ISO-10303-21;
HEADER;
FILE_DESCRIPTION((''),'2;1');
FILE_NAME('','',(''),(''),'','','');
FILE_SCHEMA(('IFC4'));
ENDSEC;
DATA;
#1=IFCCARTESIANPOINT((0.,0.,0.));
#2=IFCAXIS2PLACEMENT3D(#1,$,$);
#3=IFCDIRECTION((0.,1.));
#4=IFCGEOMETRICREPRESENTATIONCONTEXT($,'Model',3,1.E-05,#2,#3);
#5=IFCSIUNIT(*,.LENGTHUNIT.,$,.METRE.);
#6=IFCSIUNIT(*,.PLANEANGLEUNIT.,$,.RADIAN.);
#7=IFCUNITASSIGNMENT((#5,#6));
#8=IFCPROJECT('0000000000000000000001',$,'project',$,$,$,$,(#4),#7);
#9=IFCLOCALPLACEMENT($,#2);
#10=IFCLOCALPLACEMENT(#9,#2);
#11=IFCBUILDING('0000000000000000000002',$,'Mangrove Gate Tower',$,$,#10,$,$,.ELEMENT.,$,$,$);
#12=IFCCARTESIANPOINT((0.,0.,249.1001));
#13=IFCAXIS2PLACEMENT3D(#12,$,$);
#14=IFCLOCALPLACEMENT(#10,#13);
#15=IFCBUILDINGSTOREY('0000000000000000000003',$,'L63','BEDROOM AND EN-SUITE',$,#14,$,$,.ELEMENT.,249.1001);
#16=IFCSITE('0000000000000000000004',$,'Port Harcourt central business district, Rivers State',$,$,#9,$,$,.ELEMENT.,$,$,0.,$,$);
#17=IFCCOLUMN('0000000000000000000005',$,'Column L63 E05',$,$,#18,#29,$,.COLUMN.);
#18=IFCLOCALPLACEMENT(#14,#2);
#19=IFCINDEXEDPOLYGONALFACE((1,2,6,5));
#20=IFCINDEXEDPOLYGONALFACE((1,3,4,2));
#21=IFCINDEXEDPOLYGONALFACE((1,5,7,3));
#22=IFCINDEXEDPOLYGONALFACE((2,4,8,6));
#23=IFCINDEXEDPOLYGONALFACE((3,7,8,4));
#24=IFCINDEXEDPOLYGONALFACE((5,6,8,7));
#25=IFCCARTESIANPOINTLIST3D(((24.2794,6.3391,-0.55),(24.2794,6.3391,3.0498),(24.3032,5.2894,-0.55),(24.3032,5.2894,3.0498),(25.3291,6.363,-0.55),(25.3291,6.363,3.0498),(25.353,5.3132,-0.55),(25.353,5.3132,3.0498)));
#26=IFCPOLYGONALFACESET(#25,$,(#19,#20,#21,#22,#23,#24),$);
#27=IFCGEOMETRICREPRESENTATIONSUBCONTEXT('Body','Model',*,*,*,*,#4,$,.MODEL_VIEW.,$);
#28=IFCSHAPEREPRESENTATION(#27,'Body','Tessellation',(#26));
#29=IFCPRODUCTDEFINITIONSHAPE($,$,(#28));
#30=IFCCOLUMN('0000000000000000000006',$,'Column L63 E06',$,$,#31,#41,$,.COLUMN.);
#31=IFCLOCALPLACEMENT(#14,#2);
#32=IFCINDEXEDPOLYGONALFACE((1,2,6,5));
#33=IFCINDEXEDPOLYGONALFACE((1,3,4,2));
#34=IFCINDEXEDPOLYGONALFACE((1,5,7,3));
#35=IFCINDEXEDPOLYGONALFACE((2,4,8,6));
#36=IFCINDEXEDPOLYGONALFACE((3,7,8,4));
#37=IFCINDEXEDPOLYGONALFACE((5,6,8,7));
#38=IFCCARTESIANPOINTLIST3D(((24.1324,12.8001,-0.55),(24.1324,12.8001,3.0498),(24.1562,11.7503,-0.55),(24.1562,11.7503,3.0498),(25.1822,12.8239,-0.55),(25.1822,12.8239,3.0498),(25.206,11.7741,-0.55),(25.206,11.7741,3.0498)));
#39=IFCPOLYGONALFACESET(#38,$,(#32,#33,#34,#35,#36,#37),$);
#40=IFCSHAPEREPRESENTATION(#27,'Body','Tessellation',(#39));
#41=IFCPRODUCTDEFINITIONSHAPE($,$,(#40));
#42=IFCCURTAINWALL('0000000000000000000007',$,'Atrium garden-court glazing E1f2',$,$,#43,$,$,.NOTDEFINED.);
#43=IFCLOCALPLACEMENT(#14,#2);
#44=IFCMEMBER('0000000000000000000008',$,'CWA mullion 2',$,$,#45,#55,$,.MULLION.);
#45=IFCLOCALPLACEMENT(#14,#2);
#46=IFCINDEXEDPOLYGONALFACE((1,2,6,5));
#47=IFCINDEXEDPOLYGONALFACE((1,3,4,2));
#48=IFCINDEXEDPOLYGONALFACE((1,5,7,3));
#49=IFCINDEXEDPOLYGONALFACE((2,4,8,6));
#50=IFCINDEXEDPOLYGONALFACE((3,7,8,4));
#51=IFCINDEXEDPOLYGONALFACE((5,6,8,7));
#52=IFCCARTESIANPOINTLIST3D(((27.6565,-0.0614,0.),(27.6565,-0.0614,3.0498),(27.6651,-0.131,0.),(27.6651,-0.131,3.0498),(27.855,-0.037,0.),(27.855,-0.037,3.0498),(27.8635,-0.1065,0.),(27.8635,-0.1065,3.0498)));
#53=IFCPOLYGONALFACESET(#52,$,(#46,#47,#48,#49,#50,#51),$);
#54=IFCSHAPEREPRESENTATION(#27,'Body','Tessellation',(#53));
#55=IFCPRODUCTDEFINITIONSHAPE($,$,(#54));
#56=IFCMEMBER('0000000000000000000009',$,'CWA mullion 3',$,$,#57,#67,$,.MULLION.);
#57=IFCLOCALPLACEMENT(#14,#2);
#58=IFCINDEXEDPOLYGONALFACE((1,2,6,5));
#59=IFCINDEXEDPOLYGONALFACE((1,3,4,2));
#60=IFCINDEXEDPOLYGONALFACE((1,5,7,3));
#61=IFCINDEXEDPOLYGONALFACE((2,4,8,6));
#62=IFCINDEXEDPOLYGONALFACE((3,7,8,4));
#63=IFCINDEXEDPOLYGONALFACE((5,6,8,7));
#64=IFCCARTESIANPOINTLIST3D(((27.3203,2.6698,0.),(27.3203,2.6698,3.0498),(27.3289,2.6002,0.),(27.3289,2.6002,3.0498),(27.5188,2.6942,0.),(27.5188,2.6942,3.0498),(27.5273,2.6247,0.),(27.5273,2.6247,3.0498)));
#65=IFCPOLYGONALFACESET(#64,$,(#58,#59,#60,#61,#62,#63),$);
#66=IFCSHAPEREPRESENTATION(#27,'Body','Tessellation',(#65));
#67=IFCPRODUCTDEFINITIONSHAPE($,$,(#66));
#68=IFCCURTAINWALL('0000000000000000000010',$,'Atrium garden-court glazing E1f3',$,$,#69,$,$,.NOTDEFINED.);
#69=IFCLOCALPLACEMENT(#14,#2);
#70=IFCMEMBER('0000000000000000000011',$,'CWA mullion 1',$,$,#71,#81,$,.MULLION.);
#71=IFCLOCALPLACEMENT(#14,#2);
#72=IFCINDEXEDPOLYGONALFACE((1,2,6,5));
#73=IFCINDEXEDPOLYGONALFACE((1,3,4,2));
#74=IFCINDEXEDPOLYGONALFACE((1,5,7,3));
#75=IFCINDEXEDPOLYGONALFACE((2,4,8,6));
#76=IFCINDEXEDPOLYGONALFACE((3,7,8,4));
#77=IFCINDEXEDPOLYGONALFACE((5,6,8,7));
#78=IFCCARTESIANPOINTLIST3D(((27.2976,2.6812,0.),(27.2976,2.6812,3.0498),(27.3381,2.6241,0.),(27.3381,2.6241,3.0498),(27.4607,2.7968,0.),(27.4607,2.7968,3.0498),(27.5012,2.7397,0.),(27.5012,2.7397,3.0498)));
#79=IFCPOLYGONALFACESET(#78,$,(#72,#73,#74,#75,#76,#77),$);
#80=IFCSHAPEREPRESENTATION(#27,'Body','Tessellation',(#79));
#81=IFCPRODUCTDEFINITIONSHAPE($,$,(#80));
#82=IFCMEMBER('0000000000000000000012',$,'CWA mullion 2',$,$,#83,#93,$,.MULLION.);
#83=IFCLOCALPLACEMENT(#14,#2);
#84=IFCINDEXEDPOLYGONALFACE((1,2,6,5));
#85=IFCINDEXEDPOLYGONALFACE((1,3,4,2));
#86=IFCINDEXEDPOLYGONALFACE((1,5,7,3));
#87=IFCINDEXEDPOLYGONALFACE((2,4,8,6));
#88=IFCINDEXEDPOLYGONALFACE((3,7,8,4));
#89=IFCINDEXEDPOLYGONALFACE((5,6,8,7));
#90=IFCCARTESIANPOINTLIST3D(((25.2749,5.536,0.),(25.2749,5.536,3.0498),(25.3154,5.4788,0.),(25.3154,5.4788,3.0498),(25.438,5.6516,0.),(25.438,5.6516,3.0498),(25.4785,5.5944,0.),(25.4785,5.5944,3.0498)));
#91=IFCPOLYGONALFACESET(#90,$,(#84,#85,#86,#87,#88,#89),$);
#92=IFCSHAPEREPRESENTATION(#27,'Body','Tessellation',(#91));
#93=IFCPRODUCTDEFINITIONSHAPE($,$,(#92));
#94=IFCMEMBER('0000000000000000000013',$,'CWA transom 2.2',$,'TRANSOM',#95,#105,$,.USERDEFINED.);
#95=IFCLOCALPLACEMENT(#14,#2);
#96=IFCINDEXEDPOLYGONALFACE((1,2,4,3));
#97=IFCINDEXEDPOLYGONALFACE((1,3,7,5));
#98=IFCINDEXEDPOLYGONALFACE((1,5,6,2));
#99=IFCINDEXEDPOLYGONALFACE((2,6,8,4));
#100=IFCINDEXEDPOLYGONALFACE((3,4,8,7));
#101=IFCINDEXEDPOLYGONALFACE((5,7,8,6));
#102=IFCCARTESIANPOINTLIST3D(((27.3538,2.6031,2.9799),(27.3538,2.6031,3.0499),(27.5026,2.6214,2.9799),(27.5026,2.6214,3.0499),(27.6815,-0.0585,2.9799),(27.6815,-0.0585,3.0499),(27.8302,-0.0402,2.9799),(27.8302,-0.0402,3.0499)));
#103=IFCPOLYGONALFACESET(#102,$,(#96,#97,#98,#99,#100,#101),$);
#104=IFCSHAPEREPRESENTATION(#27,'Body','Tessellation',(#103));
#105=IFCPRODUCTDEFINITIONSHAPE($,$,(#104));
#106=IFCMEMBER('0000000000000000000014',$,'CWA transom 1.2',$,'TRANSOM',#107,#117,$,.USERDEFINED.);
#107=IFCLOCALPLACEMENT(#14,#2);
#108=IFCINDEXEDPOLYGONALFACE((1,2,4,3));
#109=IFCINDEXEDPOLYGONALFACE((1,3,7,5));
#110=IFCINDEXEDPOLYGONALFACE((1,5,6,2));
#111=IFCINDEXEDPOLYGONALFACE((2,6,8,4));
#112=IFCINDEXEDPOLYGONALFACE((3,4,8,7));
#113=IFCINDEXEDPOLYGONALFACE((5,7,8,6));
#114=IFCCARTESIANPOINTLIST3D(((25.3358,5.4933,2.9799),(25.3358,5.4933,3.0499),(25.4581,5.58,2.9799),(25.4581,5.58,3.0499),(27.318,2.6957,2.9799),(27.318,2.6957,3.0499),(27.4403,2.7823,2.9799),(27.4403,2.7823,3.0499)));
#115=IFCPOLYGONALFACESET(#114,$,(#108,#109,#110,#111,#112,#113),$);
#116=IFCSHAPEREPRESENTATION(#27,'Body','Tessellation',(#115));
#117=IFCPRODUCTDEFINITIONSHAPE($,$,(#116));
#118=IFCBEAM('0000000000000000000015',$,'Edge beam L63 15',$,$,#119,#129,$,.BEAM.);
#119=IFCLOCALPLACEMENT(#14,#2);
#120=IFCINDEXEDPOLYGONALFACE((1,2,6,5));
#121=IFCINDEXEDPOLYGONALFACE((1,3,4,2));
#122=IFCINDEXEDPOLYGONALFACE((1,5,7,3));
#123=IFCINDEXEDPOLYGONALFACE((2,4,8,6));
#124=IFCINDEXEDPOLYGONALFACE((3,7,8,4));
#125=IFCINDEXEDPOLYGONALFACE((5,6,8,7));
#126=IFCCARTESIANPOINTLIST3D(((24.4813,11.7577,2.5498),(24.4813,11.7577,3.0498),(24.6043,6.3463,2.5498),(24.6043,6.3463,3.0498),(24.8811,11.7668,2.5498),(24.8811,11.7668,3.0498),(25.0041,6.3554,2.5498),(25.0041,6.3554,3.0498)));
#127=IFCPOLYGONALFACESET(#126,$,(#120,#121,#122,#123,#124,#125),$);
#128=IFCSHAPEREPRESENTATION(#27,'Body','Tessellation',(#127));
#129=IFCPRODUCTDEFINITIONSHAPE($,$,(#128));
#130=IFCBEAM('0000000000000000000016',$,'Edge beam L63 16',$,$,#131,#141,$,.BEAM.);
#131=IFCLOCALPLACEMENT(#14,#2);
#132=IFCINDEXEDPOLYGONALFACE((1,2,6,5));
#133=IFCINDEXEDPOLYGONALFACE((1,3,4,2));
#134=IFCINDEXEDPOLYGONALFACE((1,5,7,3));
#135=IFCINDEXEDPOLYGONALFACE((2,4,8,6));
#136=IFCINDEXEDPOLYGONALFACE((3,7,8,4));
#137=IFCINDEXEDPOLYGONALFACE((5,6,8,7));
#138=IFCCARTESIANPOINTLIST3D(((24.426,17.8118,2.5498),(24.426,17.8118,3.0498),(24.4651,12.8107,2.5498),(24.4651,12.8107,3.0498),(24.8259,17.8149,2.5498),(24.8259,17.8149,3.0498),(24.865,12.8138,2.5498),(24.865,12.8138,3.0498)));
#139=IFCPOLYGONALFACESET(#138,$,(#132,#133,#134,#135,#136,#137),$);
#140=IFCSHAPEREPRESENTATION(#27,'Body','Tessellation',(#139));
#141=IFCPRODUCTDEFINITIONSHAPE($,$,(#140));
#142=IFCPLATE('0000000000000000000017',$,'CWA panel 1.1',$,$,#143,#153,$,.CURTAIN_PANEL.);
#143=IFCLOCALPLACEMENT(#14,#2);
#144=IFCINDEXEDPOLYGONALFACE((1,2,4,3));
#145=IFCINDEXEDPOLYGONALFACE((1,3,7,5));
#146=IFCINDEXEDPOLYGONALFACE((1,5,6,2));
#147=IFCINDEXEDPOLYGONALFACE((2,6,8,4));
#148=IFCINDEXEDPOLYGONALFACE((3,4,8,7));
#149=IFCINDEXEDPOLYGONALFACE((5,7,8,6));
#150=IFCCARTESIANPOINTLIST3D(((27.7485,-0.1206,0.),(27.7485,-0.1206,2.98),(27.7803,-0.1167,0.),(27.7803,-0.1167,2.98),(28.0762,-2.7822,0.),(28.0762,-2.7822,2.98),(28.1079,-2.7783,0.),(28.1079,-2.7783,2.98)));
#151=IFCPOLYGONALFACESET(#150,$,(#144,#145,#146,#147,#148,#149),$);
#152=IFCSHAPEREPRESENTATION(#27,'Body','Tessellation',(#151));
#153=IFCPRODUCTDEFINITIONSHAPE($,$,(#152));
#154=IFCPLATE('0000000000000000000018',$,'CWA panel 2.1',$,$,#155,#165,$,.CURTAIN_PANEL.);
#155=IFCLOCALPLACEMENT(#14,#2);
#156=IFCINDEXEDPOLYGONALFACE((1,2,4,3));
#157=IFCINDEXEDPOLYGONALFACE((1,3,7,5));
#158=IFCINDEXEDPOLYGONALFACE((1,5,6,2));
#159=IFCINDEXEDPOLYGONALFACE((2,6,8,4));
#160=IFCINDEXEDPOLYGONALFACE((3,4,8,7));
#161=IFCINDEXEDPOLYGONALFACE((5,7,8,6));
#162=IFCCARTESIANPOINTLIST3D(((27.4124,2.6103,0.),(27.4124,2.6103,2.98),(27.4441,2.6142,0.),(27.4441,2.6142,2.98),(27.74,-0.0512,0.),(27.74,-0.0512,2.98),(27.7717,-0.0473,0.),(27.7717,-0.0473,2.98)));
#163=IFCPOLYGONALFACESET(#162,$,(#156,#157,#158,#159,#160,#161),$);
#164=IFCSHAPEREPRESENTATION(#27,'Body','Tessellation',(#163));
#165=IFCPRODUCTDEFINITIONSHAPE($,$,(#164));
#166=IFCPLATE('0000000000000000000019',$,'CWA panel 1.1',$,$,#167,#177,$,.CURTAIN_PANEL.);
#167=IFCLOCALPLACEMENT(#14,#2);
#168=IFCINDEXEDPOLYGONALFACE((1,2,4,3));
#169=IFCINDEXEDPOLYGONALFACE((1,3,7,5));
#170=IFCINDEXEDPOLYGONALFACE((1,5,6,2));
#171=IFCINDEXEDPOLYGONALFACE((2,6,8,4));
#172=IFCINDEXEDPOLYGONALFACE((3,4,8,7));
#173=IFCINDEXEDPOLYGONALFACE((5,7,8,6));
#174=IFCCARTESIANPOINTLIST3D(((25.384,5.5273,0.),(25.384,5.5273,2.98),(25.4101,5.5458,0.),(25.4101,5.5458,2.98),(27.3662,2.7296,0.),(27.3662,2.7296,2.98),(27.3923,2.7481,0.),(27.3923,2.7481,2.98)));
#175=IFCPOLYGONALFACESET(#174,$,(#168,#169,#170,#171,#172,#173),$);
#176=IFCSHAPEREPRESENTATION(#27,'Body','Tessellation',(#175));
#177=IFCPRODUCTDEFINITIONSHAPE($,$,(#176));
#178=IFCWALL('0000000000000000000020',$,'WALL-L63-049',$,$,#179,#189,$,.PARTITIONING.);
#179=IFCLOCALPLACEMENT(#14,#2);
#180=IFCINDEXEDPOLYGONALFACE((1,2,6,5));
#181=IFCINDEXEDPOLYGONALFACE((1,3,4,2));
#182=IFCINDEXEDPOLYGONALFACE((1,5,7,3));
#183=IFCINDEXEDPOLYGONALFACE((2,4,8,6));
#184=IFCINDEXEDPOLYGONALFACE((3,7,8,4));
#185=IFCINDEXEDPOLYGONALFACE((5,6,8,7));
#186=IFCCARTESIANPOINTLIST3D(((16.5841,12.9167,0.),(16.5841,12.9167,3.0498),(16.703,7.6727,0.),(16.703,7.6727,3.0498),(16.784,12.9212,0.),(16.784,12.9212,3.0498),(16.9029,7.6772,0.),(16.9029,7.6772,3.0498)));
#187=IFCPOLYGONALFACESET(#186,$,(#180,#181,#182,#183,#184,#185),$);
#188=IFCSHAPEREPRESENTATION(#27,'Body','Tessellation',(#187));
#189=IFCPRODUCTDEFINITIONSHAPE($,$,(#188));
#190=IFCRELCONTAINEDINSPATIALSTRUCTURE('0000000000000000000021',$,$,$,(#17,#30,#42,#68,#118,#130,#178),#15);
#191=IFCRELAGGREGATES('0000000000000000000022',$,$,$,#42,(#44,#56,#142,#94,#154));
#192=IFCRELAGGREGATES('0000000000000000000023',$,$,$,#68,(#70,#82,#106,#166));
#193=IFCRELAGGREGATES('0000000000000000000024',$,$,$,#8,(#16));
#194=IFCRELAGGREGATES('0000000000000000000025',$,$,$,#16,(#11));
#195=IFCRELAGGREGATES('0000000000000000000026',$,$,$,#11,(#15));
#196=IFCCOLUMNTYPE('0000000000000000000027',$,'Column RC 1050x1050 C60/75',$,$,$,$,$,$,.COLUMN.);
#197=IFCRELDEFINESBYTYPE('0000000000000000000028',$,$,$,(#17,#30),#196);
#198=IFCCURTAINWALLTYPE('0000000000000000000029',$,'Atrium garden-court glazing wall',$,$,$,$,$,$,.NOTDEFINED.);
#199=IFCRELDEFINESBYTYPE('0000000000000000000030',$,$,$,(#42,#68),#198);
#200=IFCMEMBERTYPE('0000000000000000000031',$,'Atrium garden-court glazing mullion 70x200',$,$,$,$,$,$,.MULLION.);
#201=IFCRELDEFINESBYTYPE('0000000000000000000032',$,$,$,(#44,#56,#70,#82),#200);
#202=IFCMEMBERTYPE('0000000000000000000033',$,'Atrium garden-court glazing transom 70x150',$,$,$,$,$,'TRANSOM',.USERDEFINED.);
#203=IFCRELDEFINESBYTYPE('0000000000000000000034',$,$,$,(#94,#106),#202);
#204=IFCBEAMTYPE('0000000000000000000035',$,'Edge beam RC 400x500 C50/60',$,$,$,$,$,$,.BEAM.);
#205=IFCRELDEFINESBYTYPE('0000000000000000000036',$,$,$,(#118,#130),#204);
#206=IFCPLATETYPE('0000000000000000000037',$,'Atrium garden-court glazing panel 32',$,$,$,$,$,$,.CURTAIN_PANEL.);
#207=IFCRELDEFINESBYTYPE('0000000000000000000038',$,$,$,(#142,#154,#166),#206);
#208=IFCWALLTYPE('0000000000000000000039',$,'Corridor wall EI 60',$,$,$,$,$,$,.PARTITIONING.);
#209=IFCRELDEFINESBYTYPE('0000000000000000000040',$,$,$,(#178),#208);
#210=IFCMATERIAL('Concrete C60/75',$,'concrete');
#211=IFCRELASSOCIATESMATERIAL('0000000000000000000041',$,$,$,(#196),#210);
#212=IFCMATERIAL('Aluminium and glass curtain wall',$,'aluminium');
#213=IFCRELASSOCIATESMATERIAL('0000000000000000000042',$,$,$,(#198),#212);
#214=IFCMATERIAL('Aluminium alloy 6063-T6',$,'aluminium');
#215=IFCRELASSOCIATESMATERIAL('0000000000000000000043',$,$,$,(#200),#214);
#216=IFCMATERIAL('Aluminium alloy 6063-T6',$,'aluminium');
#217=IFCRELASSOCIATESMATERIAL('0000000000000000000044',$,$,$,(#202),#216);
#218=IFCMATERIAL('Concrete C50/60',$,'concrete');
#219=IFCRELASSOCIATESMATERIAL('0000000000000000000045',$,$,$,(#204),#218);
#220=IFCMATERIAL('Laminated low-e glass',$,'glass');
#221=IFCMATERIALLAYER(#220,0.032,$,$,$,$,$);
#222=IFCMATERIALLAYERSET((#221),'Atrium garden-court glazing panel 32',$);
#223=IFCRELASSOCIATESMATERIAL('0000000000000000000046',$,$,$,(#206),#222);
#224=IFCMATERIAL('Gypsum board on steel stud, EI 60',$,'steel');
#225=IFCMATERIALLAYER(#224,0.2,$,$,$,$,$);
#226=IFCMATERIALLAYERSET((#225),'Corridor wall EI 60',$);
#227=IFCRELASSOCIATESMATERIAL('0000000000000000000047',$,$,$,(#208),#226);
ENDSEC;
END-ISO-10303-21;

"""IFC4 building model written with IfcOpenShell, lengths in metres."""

from ifc_helpers import new_model, si_unit, direction, frame, frame_2d, origin, origin_2d, place, context, subcontext, project, spatial, rectangle, extrude, material, layer, layer_set, material_profile, profile_set, type_object, element, aggregate, save


model = new_model("IFC4")

# Units and contexts
model_context = context("Model", 3, precision=1e-05, world=origin(), true_north=direction((0.0, 1.0)))
body_context = subcontext(model_context, "Body", "Model", "MODEL_VIEW")
ifc_project = project(units=[si_unit("LENGTHUNIT", "METRE"), si_unit("PLANEANGLEUNIT", "RADIAN")], contexts=[model_context])

# Site, building, storey
site_placement = place(None, origin())
site = spatial("IfcSite", under=ifc_project, at=site_placement, Name="Port Harcourt central business district, Rivers State", CompositionType="ELEMENT", RefElevation=0.0)
building_placement = place(site_placement, origin())
building = spatial("IfcBuilding", under=site, at=building_placement, Name="Mangrove Gate Tower", CompositionType="ELEMENT")
storey_placement = place(building_placement, frame((0.0, 0.0, 249.1001)))
storey = spatial("IfcBuildingStorey", under=building, at=storey_placement, Name="L63", Description="BEDROOM AND EN-SUITE", CompositionType="ELEMENT", Elevation=249.1001)

# Columns
ifc_material_1 = material(Name="Concrete C60/75", Category="concrete")
ifc_material_profile_1 = material_profile(ifc_material_1, rectangle(XDim=1.05, YDim=1.05, at=origin_2d()))
ifc_profile_set_1 = profile_set([ifc_material_profile_1], Name="Concrete C60/75")
column_type = type_object("IfcColumnType", Name="Column RC 1050x1050 C60/75", PredefinedType="COLUMN", material=ifc_profile_set_1)
for number, where, z_axis, x_axis, name in (
    (1, (24.8162, 5.8262, -0.55), (0.0, 0.0, 1.0), (-0.022708, 0.999742, 0.0), "Column L63 E05"),
    (2, (24.6692, 12.2871, -0.55), (0.0, 0.0, 1.0), (-0.022669, 0.999743, 0.0), "Column L63 E06"),
):
    element("IfcColumn", number, at=place(storey_placement, frame(where, z_axis=z_axis, x_axis=x_axis)), inside=storey, type_object=column_type, Name=name, PredefinedType="COLUMN", context=body_context, shape_type="SweptSolid", body=[
        extrude(rectangle(XDim=1.05, YDim=1.05, at=origin_2d()), origin(), (0.0, 0.0, 1.0), 3.5999),
    ])

# Curtain walls, members
ifc_material_2 = material(Name="Aluminium and glass curtain wall", Category="aluminium")
curtain_wall_type = type_object("IfcCurtainWallType", Name="Atrium garden-court glazing wall", PredefinedType="NOTDEFINED", material=ifc_material_2)
curtain_wall_1_placement = place(storey_placement, origin())
curtain_wall_1 = element("IfcCurtainWall", 3, at=curtain_wall_1_placement, inside=storey, type_object=curtain_wall_type, Name="Atrium garden-court glazing E1f2", PredefinedType="NOTDEFINED")
ifc_material_3 = material(Name="Aluminium alloy 6063-T6", Category="aluminium")
ifc_material_profile_2 = material_profile(ifc_material_3, rectangle(XDim=0.0701, YDim=0.2, at=origin_2d()))
ifc_profile_set_2 = profile_set([ifc_material_profile_2], Name="Aluminium alloy 6063-T6")
member_type_1 = type_object("IfcMemberType", Name="Atrium garden-court glazing mullion 70x200", PredefinedType="MULLION", material=ifc_profile_set_2)
member_1_placement = place(storey_placement, frame((27.76, -0.084, 0.0), z_axis=(0.0, 0.0, 1.0), x_axis=(-0.122172, 0.992509, 0.0)))
member_1 = element("IfcMember", 4, at=member_1_placement, type_object=member_type_1, Name="CWA mullion 2", PredefinedType="MULLION", context=body_context, shape_type="SweptSolid", body=[
    extrude(rectangle(XDim=0.0701, YDim=0.2, at=origin_2d()), origin(), (0.0, 0.0, 1.0), 3.0498),
])
member_2_placement = place(storey_placement, frame((27.4238, 2.6472, 0.0), z_axis=(0.0, 0.0, 1.0), x_axis=(-0.122172, 0.992509, 0.0)))
member_2 = element("IfcMember", 5, at=member_2_placement, type_object=member_type_1, Name="CWA mullion 3", PredefinedType="MULLION", context=body_context, shape_type="SweptSolid", body=[
    extrude(rectangle(XDim=0.0701, YDim=0.2, at=origin_2d()), origin(), (0.0, 0.0, 1.0), 3.0498),
])
curtain_wall_2_placement = place(storey_placement, origin())
curtain_wall_2 = element("IfcCurtainWall", 6, at=curtain_wall_2_placement, inside=storey, type_object=curtain_wall_type, Name="Atrium garden-court glazing E1f3", PredefinedType="NOTDEFINED")
member_3_placement = place(storey_placement, frame((27.3994, 2.7104, 0.0), z_axis=(0.0, 0.0, 1.0), x_axis=(-0.578121, 0.815951, 0.0)))
member_3 = element("IfcMember", 7, at=member_3_placement, type_object=member_type_1, Name="CWA mullion 1", PredefinedType="MULLION", context=body_context, shape_type="SweptSolid", body=[
    extrude(rectangle(XDim=0.0701, YDim=0.2, at=origin_2d()), origin(), (0.0, 0.0, 1.0), 3.0498),
])
member_4_placement = place(storey_placement, frame((25.3767, 5.5652, 0.0), z_axis=(0.0, 0.0, 1.0), x_axis=(-0.578121, 0.815951, 0.0)))
member_4 = element("IfcMember", 8, at=member_4_placement, type_object=member_type_1, Name="CWA mullion 2", PredefinedType="MULLION", context=body_context, shape_type="SweptSolid", body=[
    extrude(rectangle(XDim=0.0701, YDim=0.2, at=origin_2d()), origin(), (0.0, 0.0, 1.0), 3.0498),
])

# Members
ifc_material_4 = material(Name="Aluminium alloy 6063-T6", Category="aluminium")
ifc_material_profile_3 = material_profile(ifc_material_4, rectangle(XDim=0.0701, YDim=0.1499, at=origin_2d()))
ifc_profile_set_3 = profile_set([ifc_material_profile_3], Name="Aluminium alloy 6063-T6")
member_type_2 = type_object("IfcMemberType", Name="Atrium garden-court glazing transom 70x150", ElementType="TRANSOM", PredefinedType="USERDEFINED", material=ifc_profile_set_3)
member_5_placement = place(storey_placement, frame((27.7559, -0.0493, 3.0149), z_axis=(-0.122175, 0.992509, 0.0), x_axis=(0.0, 0.0, 1.0)))
member_5 = element("IfcMember", 9, at=member_5_placement, type_object=member_type_2, Name="CWA transom 2.2", ObjectType="TRANSOM", PredefinedType="USERDEFINED", context=body_context, shape_type="SweptSolid", body=[
    extrude(rectangle(XDim=0.0701, YDim=0.1499, at=origin_2d()), origin(), (0.0, 0.0, 1.0), 2.6816),
])
member_6_placement = place(storey_placement, frame((27.3792, 2.739, 3.0149), z_axis=(-0.578122, 0.81595, 0.0), x_axis=(0.0, 0.0, 1.0)))
member_6 = element("IfcMember", 10, at=member_6_placement, type_object=member_type_2, Name="CWA transom 1.2", ObjectType="TRANSOM", PredefinedType="USERDEFINED", context=body_context, shape_type="SweptSolid", body=[
    extrude(rectangle(XDim=0.0701, YDim=0.1499, at=origin_2d()), origin(), (0.0, 0.0, 1.0), 3.4287),
])

# Beams
ifc_material_5 = material(Name="Concrete C50/60", Category="concrete")
ifc_material_profile_4 = material_profile(ifc_material_5, rectangle(XDim=0.3999, YDim=0.5, at=origin_2d()))
ifc_profile_set_4 = profile_set([ifc_material_profile_4], Name="Concrete C50/60")
beam_type = type_object("IfcBeamType", Name="Edge beam RC 400x500 C50/60", PredefinedType="BEAM", material=ifc_profile_set_4)
beam_1_placement = place(storey_placement, frame((24.8042, 6.3508, 2.7998), z_axis=(-0.022733, 0.999742, 0.0), x_axis=(-0.999742, -0.022733, 0.0)))
element("IfcBeam", 11, at=beam_1_placement, inside=storey, type_object=beam_type, Name="Edge beam L63 15", PredefinedType="BEAM", context=body_context, shape_type="SweptSolid", body=[
    extrude(rectangle(XDim=0.3999, YDim=0.5, at=origin_2d()), origin(), (0.0, 0.0, 1.0), 5.4128),
])
beam_2_placement = place(storey_placement, frame((24.665, 12.8123, 2.7998), z_axis=(-0.007811, 0.999969, 0.0), x_axis=(-0.999969, -0.007811, 0.0)))
element("IfcBeam", 12, at=beam_2_placement, inside=storey, type_object=beam_type, Name="Edge beam L63 16", PredefinedType="BEAM", context=body_context, shape_type="SweptSolid", body=[
    extrude(rectangle(XDim=0.3999, YDim=0.5, at=origin_2d()), origin(), (0.0, 0.0, 1.0), 5.0012),
])

# Plates
ifc_material_6 = material(Name="Laminated low-e glass", Category="glass")
ifc_layer_1 = layer(ifc_material_6, 0.032)
ifc_layer_set_1 = layer_set([ifc_layer_1], Name="Atrium garden-court glazing panel 32")
plate_type = type_object("IfcPlateType", Name="Atrium garden-court glazing panel 32", PredefinedType="CURTAIN_PANEL", material=ifc_layer_set_1)
plate_1_placement = place(storey_placement, frame((27.9282, -1.4495, 0.0), z_axis=(0.0, 0.0, 1.0), x_axis=(-0.122172, 0.992509, 0.0)))
plate_1 = element("IfcPlate", 13, at=plate_1_placement, type_object=plate_type, Name="CWA panel 1.1", PredefinedType="CURTAIN_PANEL", context=body_context, shape_type="SweptSolid", body=[
    extrude(rectangle(XDim=2.6816, YDim=0.032, at=origin_2d()), origin(), (0.0, 0.0, 1.0), 2.98),
])
plate_2_placement = place(storey_placement, frame((27.592, 1.2815, 0.0), z_axis=(0.0, 0.0, 1.0), x_axis=(-0.122172, 0.992509, 0.0)))
plate_2 = element("IfcPlate", 14, at=plate_2_placement, type_object=plate_type, Name="CWA panel 2.1", PredefinedType="CURTAIN_PANEL", context=body_context, shape_type="SweptSolid", body=[
    extrude(rectangle(XDim=2.6816, YDim=0.032, at=origin_2d()), origin(), (0.0, 0.0, 1.0), 2.98),
])
aggregate(curtain_wall_1, [member_1, member_2, plate_1, member_5, plate_2])
plate_3_placement = place(storey_placement, frame((26.3882, 4.1377, 0.0), z_axis=(0.0, 0.0, 1.0), x_axis=(-0.578121, 0.815951, 0.0)))
plate_3 = element("IfcPlate", 15, at=plate_3_placement, type_object=plate_type, Name="CWA panel 1.1", PredefinedType="CURTAIN_PANEL", context=body_context, shape_type="SweptSolid", body=[
    extrude(rectangle(XDim=3.4287, YDim=0.032, at=origin_2d()), origin(), (0.0, 0.0, 1.0), 2.98),
])
aggregate(curtain_wall_2, [member_3, member_4, member_6, plate_3])

# Wall
ifc_material_7 = material(Name="Gypsum board on steel stud, EI 60", Category="steel")
ifc_layer_2 = layer(ifc_material_7, 0.2)
ifc_layer_set_2 = layer_set([ifc_layer_2], Name="Corridor wall EI 60")
wall_type_1 = type_object("IfcWallType", Name="Corridor wall EI 60", PredefinedType="PARTITIONING", material=ifc_layer_set_2)
wall_1_placement = place(storey_placement, frame((16.803, 7.675, 0.0), z_axis=(0.0, 0.0, 1.0), x_axis=(-0.022667, 0.999743, 0.0)))
element("IfcWall", 16, at=wall_1_placement, inside=storey, type_object=wall_type_1, Name="WALL-L63-049", PredefinedType="PARTITIONING", context=body_context, shape_type="SweptSolid", body=[
    extrude(rectangle(XDim=5.2454, YDim=0.2, at=frame_2d((2.6226, 0.0))), origin(), (0.0, 0.0, 1.0), 3.0498),
])

save(model, "model.ifc")
